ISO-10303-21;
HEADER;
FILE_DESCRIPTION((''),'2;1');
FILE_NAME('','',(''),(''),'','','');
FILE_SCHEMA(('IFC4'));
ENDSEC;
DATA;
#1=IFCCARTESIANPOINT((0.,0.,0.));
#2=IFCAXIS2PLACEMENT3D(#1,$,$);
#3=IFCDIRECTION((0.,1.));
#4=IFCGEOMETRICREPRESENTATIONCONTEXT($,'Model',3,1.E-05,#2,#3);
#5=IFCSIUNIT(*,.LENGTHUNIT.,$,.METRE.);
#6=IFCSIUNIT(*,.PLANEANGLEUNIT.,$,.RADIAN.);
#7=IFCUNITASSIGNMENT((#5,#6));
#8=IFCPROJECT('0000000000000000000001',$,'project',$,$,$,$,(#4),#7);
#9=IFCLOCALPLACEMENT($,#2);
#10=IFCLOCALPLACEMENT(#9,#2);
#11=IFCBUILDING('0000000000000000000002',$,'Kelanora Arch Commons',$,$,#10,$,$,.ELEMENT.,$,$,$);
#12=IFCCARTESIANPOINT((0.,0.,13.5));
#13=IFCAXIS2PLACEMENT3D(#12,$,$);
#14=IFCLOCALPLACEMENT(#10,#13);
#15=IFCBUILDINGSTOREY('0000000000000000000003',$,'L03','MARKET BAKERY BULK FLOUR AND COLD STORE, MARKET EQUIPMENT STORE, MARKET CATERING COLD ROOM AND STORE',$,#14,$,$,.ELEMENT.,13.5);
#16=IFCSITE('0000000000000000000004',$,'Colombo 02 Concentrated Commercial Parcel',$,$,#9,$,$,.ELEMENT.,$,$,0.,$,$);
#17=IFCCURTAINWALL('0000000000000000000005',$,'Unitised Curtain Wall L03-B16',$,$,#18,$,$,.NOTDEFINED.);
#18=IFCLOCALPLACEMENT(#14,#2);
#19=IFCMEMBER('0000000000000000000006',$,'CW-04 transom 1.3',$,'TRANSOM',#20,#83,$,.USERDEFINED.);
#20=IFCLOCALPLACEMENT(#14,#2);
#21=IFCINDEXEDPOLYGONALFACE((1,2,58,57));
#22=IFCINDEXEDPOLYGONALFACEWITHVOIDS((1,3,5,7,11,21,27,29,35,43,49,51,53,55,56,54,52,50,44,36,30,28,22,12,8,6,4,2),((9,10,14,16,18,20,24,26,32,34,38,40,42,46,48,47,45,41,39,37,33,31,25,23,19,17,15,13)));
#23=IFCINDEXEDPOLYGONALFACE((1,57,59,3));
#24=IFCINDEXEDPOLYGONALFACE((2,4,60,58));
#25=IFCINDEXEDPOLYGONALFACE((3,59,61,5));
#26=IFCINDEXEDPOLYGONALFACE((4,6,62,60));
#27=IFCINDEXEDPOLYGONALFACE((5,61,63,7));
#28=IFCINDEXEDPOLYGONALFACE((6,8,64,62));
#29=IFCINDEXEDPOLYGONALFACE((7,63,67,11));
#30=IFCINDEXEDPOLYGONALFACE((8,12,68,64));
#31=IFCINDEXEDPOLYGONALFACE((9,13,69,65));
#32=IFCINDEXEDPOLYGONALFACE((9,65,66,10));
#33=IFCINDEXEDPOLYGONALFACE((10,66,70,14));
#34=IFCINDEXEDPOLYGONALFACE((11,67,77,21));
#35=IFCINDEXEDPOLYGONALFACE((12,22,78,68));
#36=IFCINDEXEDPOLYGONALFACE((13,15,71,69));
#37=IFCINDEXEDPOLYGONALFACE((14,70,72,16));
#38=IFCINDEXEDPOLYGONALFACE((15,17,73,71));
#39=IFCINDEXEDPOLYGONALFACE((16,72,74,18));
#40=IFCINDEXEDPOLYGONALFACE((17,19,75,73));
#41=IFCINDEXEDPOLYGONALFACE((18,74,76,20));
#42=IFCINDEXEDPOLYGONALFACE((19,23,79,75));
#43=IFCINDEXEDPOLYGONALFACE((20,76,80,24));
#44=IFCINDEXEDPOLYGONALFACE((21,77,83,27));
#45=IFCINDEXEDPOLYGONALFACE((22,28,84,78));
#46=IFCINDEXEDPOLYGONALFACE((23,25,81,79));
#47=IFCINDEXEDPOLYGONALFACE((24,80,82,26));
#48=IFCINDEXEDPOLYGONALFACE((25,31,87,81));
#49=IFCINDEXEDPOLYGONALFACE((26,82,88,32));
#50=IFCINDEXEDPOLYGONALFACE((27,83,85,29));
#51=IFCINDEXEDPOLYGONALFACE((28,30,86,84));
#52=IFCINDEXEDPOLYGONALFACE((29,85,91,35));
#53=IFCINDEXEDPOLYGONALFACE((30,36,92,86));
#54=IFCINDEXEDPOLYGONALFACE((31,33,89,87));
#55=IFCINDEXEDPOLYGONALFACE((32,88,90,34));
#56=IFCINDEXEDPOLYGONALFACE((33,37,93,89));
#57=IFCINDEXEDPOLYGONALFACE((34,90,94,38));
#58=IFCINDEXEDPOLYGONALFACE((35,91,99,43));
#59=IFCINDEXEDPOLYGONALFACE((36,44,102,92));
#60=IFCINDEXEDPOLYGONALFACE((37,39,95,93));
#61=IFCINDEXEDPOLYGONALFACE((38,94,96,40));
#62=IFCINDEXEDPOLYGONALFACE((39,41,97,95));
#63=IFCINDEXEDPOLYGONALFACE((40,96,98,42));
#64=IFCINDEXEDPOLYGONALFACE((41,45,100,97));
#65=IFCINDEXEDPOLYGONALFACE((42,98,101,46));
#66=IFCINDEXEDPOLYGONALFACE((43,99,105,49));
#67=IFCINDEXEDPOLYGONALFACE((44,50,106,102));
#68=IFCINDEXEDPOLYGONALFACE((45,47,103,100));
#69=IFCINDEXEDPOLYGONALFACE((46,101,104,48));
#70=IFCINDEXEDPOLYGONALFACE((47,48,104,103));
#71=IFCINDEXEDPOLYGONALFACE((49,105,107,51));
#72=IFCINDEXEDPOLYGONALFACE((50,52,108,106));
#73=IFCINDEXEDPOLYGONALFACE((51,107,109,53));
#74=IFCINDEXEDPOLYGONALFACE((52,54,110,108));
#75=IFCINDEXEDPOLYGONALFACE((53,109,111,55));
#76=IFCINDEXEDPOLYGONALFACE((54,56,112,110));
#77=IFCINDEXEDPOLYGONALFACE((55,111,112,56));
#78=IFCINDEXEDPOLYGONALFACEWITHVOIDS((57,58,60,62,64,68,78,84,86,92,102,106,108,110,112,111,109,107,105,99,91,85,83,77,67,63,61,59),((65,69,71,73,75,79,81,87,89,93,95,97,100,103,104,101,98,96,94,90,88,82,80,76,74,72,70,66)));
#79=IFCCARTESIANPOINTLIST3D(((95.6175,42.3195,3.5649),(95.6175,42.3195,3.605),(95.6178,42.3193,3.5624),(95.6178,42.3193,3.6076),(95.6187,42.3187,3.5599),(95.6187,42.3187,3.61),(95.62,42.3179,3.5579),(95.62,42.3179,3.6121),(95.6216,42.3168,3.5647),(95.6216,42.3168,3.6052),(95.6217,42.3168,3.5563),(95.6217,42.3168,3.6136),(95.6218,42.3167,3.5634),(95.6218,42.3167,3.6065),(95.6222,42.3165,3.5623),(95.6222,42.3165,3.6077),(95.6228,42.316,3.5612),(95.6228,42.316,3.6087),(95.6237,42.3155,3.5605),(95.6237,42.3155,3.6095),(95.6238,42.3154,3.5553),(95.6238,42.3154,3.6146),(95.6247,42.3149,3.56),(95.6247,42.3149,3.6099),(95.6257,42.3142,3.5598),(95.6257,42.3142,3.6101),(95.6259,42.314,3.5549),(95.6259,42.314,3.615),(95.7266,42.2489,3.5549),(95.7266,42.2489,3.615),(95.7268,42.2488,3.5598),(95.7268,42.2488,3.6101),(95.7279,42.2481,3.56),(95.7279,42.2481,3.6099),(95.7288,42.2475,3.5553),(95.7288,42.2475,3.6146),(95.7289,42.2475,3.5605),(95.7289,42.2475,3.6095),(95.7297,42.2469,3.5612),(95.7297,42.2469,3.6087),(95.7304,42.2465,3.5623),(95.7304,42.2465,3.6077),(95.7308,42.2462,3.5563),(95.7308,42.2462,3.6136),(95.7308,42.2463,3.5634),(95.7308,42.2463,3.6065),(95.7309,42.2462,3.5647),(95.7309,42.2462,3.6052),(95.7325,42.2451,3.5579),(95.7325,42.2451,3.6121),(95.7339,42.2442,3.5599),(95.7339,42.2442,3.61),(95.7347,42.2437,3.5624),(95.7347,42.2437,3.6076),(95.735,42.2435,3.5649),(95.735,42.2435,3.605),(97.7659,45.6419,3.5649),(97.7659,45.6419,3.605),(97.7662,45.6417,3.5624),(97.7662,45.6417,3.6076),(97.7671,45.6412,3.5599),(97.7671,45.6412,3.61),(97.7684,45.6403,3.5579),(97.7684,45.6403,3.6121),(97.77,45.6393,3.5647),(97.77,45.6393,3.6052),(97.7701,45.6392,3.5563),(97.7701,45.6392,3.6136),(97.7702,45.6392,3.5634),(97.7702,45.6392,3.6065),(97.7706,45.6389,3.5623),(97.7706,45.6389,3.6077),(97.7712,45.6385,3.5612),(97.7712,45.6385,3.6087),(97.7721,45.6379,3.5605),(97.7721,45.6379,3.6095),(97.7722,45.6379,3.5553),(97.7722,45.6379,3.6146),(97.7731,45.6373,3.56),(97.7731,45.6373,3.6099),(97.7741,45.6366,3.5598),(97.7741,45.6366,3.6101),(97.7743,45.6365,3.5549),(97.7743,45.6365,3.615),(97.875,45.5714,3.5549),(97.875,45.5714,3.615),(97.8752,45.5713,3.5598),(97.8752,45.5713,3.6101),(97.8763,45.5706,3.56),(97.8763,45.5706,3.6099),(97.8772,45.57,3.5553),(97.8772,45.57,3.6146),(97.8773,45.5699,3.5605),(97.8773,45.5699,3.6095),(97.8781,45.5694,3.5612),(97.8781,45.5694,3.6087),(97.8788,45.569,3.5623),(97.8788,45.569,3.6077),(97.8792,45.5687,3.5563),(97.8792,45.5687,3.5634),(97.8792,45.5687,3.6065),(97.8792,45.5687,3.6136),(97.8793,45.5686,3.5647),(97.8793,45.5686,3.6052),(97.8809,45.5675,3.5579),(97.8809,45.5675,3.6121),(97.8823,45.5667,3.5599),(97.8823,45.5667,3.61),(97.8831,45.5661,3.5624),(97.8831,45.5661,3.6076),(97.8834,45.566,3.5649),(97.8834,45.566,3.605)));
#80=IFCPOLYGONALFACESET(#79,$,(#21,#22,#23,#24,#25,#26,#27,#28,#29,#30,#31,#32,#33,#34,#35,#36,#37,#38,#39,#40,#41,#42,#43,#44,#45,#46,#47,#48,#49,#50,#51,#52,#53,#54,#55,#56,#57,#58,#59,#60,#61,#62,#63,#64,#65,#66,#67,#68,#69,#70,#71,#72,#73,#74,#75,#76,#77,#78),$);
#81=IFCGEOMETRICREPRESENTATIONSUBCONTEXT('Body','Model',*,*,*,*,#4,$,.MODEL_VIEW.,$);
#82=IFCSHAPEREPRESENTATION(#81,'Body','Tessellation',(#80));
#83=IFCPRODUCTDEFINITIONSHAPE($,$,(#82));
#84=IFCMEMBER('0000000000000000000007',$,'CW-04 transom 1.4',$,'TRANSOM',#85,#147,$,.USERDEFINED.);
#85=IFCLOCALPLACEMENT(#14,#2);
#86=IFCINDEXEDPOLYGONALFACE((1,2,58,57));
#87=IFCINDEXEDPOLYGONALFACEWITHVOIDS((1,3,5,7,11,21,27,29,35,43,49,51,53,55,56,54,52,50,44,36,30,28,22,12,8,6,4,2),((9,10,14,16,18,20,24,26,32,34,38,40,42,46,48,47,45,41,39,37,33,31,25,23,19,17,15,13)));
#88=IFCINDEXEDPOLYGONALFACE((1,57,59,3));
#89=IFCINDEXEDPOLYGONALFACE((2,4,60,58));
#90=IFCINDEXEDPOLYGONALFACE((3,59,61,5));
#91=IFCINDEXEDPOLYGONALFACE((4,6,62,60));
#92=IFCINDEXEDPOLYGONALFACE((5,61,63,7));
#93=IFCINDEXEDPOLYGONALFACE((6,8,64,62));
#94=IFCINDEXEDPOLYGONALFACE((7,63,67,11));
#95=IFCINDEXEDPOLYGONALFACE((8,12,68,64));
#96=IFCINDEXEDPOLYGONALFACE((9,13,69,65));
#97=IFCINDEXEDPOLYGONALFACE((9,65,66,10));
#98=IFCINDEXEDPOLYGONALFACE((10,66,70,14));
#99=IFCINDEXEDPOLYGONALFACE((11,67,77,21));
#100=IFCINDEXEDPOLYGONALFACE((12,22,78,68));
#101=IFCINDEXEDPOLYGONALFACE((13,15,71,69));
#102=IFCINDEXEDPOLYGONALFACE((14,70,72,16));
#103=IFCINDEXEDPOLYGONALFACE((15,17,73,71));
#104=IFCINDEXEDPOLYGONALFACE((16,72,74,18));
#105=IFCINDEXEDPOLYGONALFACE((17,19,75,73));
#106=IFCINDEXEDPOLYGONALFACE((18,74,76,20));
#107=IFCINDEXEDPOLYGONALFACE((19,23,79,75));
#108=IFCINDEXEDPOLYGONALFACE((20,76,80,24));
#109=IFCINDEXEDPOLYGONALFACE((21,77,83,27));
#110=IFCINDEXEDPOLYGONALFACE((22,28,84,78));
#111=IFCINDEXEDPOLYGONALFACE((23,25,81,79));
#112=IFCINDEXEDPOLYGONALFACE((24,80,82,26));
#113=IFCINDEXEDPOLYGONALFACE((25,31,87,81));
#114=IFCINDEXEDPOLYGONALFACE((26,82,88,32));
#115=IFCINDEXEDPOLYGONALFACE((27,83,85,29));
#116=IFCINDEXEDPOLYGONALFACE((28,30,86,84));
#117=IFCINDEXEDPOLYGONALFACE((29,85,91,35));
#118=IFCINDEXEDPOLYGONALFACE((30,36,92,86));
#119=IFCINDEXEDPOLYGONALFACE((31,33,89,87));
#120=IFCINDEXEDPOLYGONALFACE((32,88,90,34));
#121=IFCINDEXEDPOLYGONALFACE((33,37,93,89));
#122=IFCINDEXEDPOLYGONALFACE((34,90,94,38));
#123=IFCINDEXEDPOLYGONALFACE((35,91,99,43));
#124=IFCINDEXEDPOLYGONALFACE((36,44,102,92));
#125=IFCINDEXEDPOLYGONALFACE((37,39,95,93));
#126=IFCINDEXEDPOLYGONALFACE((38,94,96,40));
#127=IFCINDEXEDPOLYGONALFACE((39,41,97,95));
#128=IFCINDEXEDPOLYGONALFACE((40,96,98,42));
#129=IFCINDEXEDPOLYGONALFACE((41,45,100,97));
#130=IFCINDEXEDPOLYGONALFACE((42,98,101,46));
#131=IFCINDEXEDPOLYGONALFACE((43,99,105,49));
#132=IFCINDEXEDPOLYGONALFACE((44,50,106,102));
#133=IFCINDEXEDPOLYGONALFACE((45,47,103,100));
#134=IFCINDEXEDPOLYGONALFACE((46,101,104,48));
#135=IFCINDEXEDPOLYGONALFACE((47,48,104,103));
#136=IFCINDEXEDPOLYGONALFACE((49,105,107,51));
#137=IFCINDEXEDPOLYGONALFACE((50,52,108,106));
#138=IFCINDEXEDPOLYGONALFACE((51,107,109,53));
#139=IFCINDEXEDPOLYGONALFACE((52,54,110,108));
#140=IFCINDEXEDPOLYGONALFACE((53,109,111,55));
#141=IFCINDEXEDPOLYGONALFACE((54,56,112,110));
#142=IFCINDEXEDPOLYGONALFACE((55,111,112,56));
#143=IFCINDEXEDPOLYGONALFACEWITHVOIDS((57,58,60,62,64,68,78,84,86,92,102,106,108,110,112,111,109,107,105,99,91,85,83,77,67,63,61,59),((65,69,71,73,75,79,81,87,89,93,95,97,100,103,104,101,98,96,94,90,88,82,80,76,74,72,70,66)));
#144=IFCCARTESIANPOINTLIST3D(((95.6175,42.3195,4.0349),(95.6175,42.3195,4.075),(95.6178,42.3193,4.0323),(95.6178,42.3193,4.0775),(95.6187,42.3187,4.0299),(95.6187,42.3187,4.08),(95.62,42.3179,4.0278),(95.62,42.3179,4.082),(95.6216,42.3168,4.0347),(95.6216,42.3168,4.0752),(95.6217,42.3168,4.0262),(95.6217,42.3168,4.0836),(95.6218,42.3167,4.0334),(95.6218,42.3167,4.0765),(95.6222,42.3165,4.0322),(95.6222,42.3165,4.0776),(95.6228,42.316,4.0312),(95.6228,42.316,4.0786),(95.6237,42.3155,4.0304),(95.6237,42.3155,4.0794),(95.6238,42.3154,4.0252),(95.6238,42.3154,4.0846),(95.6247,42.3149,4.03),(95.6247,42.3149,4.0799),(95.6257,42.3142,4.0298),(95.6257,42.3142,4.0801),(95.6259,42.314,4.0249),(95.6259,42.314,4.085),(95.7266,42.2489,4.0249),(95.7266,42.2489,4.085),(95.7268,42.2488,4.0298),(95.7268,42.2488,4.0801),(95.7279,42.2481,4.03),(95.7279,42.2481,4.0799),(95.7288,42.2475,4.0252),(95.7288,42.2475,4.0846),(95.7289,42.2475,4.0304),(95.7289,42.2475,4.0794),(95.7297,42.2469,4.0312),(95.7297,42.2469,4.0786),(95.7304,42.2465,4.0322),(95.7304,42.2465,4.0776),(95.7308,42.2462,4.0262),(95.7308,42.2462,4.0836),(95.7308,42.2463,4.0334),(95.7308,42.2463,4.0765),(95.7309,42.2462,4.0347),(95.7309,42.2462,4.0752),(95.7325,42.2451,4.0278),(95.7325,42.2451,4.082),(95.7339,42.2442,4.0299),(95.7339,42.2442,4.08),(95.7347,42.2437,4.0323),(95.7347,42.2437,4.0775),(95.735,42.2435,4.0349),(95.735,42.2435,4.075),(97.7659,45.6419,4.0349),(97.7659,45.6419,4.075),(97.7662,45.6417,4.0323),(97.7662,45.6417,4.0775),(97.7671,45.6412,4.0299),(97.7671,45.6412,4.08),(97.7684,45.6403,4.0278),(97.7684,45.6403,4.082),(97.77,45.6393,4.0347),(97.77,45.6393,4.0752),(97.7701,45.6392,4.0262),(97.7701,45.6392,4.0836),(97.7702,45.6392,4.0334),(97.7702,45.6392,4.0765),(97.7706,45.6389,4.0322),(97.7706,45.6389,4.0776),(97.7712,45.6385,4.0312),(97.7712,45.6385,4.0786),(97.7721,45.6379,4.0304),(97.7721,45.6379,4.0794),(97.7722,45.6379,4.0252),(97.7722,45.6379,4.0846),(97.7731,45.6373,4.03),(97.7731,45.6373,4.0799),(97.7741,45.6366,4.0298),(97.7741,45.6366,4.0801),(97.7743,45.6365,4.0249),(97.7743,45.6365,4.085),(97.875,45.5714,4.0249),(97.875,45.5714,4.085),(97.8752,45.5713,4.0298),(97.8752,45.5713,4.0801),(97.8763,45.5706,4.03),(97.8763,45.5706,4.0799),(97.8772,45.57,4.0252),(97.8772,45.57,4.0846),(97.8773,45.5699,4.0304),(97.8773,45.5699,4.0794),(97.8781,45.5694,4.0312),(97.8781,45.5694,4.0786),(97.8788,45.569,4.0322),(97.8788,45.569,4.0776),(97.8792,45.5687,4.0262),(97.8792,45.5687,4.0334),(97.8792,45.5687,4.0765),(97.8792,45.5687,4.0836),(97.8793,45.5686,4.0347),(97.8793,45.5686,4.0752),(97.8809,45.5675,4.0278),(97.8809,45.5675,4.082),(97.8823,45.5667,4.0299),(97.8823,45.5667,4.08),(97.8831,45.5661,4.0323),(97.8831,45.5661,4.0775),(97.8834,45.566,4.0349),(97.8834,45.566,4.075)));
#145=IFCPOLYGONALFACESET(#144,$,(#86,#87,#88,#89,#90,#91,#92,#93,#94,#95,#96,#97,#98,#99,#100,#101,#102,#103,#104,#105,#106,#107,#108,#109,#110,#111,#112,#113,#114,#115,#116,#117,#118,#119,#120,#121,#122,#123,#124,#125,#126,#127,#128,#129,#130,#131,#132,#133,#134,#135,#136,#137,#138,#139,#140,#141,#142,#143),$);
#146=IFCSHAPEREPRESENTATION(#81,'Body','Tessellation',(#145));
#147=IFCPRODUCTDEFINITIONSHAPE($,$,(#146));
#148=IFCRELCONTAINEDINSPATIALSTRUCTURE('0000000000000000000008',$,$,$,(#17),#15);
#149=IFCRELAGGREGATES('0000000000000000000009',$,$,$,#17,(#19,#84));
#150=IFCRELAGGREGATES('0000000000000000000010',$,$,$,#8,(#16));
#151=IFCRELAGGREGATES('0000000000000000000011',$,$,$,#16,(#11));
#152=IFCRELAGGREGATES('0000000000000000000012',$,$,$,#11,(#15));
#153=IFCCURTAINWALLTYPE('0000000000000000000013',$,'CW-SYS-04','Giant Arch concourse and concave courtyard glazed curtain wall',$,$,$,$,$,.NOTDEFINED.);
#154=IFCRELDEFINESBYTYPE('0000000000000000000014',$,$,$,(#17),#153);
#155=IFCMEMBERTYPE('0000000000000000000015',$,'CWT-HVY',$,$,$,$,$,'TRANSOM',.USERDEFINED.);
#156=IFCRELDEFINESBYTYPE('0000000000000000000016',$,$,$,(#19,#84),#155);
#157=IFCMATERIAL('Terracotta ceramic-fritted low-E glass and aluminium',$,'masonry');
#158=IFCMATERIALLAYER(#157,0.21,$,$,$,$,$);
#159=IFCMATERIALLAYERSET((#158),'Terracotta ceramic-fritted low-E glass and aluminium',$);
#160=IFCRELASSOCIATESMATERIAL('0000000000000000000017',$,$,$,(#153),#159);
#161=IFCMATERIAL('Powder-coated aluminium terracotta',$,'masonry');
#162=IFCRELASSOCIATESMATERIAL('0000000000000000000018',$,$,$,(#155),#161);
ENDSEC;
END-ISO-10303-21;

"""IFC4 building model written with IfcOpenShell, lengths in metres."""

from ifc_helpers import new_model, si_unit, direction, frame, origin, origin_2d, place, context, subcontext, project, spatial, hollow_rectangle, extrude, material, layer, layer_set, material_profile, profile_set, type_object, element, aggregate, save


model = new_model("IFC4")

# Units and contexts
model_context = context("Model", 3, precision=1e-05, world=origin(), true_north=direction((0.0, 1.0)))
body_context = subcontext(model_context, "Body", "Model", "MODEL_VIEW")
ifc_project = project(units=[si_unit("LENGTHUNIT", "METRE"), si_unit("PLANEANGLEUNIT", "RADIAN")], contexts=[model_context])

# Site, building, storey
site_placement = place(None, origin())
site = spatial("IfcSite", under=ifc_project, at=site_placement, Name="Colombo 02 Concentrated Commercial Parcel", CompositionType="ELEMENT", RefElevation=0.0)
building_placement = place(site_placement, origin())
building = spatial("IfcBuilding", under=site, at=building_placement, Name="Kelanora Arch Commons", CompositionType="ELEMENT")
storey_placement = place(building_placement, frame((0.0, 0.0, 13.5)))
storey = spatial("IfcBuildingStorey", under=building, at=storey_placement, Name="L03", Description="MARKET BAKERY BULK FLOUR AND COLD STORE, MARKET EQUIPMENT STORE, MARKET CATERING COLD ROOM AND STORE", CompositionType="ELEMENT", Elevation=13.5)

# Curtain wall, members
ifc_material_1 = material(Name="Terracotta ceramic-fritted low-E glass and aluminium", Category="masonry")
ifc_layer_1 = layer(ifc_material_1, 0.21)
ifc_layer_set_1 = layer_set([ifc_layer_1], Name="Terracotta ceramic-fritted low-E glass and aluminium")
curtain_wall_type = type_object("IfcCurtainWallType", Name="CW-SYS-04", Description="Giant Arch concourse and concave courtyard glazed curtain wall", PredefinedType="NOTDEFINED", material=ifc_layer_set_1)
curtain_wall_placement = place(storey_placement, origin())
curtain_wall = element("IfcCurtainWall", 1, at=curtain_wall_placement, inside=storey, type_object=curtain_wall_type, Name="Unitised Curtain Wall L03-B16", PredefinedType="NOTDEFINED")
ifc_material_2 = material(Name="Powder-coated aluminium terracotta", Category="masonry")
ifc_material_profile_1 = material_profile(ifc_material_2, hollow_rectangle(XDim=0.1399, YDim=0.0601, WallThickness=0.0049, InnerFilletRadius=0.0049, OuterFilletRadius=0.01, at=origin_2d()), Name="CWT140x60")
ifc_profile_set_1 = profile_set([ifc_material_profile_1], Name="Powder-coated aluminium terracotta")
member_type_1 = type_object("IfcMemberType", Name="CWT-HVY", ElementType="TRANSOM", PredefinedType="USERDEFINED", material=ifc_profile_set_1)
member_1_placement = place(storey_placement, frame((95.6763, 42.2815, 3.585), z_axis=(0.542998, 0.839734, 0.0), x_axis=(-0.839734, 0.542998, 0.0)))
member_1 = element("IfcMember", 2, at=member_1_placement, type_object=member_type_1, Name="CW-04 transom 1.3", ObjectType="TRANSOM", PredefinedType="USERDEFINED", context=body_context, shape_type="SweptSolid", body=[
    extrude(hollow_rectangle(XDim=0.1399, YDim=0.0601, WallThickness=0.0049, InnerFilletRadius=0.0049, OuterFilletRadius=0.01, at=origin_2d()), origin(), (0.0, 0.0, 1.0), 3.9565),
])
member_2_placement = place(storey_placement, frame((95.6763, 42.2815, 4.0549), z_axis=(0.542998, 0.839734, 0.0), x_axis=(-0.839734, 0.542998, 0.0)))
member_2 = element("IfcMember", 3, at=member_2_placement, type_object=member_type_1, Name="CW-04 transom 1.4", ObjectType="TRANSOM", PredefinedType="USERDEFINED", context=body_context, shape_type="SweptSolid", body=[
    extrude(hollow_rectangle(XDim=0.1399, YDim=0.0601, WallThickness=0.0049, InnerFilletRadius=0.0049, OuterFilletRadius=0.01, at=origin_2d()), origin(), (0.0, 0.0, 1.0), 3.9565),
])
aggregate(curtain_wall, [member_1, member_2])

save(model, "model.ifc")
